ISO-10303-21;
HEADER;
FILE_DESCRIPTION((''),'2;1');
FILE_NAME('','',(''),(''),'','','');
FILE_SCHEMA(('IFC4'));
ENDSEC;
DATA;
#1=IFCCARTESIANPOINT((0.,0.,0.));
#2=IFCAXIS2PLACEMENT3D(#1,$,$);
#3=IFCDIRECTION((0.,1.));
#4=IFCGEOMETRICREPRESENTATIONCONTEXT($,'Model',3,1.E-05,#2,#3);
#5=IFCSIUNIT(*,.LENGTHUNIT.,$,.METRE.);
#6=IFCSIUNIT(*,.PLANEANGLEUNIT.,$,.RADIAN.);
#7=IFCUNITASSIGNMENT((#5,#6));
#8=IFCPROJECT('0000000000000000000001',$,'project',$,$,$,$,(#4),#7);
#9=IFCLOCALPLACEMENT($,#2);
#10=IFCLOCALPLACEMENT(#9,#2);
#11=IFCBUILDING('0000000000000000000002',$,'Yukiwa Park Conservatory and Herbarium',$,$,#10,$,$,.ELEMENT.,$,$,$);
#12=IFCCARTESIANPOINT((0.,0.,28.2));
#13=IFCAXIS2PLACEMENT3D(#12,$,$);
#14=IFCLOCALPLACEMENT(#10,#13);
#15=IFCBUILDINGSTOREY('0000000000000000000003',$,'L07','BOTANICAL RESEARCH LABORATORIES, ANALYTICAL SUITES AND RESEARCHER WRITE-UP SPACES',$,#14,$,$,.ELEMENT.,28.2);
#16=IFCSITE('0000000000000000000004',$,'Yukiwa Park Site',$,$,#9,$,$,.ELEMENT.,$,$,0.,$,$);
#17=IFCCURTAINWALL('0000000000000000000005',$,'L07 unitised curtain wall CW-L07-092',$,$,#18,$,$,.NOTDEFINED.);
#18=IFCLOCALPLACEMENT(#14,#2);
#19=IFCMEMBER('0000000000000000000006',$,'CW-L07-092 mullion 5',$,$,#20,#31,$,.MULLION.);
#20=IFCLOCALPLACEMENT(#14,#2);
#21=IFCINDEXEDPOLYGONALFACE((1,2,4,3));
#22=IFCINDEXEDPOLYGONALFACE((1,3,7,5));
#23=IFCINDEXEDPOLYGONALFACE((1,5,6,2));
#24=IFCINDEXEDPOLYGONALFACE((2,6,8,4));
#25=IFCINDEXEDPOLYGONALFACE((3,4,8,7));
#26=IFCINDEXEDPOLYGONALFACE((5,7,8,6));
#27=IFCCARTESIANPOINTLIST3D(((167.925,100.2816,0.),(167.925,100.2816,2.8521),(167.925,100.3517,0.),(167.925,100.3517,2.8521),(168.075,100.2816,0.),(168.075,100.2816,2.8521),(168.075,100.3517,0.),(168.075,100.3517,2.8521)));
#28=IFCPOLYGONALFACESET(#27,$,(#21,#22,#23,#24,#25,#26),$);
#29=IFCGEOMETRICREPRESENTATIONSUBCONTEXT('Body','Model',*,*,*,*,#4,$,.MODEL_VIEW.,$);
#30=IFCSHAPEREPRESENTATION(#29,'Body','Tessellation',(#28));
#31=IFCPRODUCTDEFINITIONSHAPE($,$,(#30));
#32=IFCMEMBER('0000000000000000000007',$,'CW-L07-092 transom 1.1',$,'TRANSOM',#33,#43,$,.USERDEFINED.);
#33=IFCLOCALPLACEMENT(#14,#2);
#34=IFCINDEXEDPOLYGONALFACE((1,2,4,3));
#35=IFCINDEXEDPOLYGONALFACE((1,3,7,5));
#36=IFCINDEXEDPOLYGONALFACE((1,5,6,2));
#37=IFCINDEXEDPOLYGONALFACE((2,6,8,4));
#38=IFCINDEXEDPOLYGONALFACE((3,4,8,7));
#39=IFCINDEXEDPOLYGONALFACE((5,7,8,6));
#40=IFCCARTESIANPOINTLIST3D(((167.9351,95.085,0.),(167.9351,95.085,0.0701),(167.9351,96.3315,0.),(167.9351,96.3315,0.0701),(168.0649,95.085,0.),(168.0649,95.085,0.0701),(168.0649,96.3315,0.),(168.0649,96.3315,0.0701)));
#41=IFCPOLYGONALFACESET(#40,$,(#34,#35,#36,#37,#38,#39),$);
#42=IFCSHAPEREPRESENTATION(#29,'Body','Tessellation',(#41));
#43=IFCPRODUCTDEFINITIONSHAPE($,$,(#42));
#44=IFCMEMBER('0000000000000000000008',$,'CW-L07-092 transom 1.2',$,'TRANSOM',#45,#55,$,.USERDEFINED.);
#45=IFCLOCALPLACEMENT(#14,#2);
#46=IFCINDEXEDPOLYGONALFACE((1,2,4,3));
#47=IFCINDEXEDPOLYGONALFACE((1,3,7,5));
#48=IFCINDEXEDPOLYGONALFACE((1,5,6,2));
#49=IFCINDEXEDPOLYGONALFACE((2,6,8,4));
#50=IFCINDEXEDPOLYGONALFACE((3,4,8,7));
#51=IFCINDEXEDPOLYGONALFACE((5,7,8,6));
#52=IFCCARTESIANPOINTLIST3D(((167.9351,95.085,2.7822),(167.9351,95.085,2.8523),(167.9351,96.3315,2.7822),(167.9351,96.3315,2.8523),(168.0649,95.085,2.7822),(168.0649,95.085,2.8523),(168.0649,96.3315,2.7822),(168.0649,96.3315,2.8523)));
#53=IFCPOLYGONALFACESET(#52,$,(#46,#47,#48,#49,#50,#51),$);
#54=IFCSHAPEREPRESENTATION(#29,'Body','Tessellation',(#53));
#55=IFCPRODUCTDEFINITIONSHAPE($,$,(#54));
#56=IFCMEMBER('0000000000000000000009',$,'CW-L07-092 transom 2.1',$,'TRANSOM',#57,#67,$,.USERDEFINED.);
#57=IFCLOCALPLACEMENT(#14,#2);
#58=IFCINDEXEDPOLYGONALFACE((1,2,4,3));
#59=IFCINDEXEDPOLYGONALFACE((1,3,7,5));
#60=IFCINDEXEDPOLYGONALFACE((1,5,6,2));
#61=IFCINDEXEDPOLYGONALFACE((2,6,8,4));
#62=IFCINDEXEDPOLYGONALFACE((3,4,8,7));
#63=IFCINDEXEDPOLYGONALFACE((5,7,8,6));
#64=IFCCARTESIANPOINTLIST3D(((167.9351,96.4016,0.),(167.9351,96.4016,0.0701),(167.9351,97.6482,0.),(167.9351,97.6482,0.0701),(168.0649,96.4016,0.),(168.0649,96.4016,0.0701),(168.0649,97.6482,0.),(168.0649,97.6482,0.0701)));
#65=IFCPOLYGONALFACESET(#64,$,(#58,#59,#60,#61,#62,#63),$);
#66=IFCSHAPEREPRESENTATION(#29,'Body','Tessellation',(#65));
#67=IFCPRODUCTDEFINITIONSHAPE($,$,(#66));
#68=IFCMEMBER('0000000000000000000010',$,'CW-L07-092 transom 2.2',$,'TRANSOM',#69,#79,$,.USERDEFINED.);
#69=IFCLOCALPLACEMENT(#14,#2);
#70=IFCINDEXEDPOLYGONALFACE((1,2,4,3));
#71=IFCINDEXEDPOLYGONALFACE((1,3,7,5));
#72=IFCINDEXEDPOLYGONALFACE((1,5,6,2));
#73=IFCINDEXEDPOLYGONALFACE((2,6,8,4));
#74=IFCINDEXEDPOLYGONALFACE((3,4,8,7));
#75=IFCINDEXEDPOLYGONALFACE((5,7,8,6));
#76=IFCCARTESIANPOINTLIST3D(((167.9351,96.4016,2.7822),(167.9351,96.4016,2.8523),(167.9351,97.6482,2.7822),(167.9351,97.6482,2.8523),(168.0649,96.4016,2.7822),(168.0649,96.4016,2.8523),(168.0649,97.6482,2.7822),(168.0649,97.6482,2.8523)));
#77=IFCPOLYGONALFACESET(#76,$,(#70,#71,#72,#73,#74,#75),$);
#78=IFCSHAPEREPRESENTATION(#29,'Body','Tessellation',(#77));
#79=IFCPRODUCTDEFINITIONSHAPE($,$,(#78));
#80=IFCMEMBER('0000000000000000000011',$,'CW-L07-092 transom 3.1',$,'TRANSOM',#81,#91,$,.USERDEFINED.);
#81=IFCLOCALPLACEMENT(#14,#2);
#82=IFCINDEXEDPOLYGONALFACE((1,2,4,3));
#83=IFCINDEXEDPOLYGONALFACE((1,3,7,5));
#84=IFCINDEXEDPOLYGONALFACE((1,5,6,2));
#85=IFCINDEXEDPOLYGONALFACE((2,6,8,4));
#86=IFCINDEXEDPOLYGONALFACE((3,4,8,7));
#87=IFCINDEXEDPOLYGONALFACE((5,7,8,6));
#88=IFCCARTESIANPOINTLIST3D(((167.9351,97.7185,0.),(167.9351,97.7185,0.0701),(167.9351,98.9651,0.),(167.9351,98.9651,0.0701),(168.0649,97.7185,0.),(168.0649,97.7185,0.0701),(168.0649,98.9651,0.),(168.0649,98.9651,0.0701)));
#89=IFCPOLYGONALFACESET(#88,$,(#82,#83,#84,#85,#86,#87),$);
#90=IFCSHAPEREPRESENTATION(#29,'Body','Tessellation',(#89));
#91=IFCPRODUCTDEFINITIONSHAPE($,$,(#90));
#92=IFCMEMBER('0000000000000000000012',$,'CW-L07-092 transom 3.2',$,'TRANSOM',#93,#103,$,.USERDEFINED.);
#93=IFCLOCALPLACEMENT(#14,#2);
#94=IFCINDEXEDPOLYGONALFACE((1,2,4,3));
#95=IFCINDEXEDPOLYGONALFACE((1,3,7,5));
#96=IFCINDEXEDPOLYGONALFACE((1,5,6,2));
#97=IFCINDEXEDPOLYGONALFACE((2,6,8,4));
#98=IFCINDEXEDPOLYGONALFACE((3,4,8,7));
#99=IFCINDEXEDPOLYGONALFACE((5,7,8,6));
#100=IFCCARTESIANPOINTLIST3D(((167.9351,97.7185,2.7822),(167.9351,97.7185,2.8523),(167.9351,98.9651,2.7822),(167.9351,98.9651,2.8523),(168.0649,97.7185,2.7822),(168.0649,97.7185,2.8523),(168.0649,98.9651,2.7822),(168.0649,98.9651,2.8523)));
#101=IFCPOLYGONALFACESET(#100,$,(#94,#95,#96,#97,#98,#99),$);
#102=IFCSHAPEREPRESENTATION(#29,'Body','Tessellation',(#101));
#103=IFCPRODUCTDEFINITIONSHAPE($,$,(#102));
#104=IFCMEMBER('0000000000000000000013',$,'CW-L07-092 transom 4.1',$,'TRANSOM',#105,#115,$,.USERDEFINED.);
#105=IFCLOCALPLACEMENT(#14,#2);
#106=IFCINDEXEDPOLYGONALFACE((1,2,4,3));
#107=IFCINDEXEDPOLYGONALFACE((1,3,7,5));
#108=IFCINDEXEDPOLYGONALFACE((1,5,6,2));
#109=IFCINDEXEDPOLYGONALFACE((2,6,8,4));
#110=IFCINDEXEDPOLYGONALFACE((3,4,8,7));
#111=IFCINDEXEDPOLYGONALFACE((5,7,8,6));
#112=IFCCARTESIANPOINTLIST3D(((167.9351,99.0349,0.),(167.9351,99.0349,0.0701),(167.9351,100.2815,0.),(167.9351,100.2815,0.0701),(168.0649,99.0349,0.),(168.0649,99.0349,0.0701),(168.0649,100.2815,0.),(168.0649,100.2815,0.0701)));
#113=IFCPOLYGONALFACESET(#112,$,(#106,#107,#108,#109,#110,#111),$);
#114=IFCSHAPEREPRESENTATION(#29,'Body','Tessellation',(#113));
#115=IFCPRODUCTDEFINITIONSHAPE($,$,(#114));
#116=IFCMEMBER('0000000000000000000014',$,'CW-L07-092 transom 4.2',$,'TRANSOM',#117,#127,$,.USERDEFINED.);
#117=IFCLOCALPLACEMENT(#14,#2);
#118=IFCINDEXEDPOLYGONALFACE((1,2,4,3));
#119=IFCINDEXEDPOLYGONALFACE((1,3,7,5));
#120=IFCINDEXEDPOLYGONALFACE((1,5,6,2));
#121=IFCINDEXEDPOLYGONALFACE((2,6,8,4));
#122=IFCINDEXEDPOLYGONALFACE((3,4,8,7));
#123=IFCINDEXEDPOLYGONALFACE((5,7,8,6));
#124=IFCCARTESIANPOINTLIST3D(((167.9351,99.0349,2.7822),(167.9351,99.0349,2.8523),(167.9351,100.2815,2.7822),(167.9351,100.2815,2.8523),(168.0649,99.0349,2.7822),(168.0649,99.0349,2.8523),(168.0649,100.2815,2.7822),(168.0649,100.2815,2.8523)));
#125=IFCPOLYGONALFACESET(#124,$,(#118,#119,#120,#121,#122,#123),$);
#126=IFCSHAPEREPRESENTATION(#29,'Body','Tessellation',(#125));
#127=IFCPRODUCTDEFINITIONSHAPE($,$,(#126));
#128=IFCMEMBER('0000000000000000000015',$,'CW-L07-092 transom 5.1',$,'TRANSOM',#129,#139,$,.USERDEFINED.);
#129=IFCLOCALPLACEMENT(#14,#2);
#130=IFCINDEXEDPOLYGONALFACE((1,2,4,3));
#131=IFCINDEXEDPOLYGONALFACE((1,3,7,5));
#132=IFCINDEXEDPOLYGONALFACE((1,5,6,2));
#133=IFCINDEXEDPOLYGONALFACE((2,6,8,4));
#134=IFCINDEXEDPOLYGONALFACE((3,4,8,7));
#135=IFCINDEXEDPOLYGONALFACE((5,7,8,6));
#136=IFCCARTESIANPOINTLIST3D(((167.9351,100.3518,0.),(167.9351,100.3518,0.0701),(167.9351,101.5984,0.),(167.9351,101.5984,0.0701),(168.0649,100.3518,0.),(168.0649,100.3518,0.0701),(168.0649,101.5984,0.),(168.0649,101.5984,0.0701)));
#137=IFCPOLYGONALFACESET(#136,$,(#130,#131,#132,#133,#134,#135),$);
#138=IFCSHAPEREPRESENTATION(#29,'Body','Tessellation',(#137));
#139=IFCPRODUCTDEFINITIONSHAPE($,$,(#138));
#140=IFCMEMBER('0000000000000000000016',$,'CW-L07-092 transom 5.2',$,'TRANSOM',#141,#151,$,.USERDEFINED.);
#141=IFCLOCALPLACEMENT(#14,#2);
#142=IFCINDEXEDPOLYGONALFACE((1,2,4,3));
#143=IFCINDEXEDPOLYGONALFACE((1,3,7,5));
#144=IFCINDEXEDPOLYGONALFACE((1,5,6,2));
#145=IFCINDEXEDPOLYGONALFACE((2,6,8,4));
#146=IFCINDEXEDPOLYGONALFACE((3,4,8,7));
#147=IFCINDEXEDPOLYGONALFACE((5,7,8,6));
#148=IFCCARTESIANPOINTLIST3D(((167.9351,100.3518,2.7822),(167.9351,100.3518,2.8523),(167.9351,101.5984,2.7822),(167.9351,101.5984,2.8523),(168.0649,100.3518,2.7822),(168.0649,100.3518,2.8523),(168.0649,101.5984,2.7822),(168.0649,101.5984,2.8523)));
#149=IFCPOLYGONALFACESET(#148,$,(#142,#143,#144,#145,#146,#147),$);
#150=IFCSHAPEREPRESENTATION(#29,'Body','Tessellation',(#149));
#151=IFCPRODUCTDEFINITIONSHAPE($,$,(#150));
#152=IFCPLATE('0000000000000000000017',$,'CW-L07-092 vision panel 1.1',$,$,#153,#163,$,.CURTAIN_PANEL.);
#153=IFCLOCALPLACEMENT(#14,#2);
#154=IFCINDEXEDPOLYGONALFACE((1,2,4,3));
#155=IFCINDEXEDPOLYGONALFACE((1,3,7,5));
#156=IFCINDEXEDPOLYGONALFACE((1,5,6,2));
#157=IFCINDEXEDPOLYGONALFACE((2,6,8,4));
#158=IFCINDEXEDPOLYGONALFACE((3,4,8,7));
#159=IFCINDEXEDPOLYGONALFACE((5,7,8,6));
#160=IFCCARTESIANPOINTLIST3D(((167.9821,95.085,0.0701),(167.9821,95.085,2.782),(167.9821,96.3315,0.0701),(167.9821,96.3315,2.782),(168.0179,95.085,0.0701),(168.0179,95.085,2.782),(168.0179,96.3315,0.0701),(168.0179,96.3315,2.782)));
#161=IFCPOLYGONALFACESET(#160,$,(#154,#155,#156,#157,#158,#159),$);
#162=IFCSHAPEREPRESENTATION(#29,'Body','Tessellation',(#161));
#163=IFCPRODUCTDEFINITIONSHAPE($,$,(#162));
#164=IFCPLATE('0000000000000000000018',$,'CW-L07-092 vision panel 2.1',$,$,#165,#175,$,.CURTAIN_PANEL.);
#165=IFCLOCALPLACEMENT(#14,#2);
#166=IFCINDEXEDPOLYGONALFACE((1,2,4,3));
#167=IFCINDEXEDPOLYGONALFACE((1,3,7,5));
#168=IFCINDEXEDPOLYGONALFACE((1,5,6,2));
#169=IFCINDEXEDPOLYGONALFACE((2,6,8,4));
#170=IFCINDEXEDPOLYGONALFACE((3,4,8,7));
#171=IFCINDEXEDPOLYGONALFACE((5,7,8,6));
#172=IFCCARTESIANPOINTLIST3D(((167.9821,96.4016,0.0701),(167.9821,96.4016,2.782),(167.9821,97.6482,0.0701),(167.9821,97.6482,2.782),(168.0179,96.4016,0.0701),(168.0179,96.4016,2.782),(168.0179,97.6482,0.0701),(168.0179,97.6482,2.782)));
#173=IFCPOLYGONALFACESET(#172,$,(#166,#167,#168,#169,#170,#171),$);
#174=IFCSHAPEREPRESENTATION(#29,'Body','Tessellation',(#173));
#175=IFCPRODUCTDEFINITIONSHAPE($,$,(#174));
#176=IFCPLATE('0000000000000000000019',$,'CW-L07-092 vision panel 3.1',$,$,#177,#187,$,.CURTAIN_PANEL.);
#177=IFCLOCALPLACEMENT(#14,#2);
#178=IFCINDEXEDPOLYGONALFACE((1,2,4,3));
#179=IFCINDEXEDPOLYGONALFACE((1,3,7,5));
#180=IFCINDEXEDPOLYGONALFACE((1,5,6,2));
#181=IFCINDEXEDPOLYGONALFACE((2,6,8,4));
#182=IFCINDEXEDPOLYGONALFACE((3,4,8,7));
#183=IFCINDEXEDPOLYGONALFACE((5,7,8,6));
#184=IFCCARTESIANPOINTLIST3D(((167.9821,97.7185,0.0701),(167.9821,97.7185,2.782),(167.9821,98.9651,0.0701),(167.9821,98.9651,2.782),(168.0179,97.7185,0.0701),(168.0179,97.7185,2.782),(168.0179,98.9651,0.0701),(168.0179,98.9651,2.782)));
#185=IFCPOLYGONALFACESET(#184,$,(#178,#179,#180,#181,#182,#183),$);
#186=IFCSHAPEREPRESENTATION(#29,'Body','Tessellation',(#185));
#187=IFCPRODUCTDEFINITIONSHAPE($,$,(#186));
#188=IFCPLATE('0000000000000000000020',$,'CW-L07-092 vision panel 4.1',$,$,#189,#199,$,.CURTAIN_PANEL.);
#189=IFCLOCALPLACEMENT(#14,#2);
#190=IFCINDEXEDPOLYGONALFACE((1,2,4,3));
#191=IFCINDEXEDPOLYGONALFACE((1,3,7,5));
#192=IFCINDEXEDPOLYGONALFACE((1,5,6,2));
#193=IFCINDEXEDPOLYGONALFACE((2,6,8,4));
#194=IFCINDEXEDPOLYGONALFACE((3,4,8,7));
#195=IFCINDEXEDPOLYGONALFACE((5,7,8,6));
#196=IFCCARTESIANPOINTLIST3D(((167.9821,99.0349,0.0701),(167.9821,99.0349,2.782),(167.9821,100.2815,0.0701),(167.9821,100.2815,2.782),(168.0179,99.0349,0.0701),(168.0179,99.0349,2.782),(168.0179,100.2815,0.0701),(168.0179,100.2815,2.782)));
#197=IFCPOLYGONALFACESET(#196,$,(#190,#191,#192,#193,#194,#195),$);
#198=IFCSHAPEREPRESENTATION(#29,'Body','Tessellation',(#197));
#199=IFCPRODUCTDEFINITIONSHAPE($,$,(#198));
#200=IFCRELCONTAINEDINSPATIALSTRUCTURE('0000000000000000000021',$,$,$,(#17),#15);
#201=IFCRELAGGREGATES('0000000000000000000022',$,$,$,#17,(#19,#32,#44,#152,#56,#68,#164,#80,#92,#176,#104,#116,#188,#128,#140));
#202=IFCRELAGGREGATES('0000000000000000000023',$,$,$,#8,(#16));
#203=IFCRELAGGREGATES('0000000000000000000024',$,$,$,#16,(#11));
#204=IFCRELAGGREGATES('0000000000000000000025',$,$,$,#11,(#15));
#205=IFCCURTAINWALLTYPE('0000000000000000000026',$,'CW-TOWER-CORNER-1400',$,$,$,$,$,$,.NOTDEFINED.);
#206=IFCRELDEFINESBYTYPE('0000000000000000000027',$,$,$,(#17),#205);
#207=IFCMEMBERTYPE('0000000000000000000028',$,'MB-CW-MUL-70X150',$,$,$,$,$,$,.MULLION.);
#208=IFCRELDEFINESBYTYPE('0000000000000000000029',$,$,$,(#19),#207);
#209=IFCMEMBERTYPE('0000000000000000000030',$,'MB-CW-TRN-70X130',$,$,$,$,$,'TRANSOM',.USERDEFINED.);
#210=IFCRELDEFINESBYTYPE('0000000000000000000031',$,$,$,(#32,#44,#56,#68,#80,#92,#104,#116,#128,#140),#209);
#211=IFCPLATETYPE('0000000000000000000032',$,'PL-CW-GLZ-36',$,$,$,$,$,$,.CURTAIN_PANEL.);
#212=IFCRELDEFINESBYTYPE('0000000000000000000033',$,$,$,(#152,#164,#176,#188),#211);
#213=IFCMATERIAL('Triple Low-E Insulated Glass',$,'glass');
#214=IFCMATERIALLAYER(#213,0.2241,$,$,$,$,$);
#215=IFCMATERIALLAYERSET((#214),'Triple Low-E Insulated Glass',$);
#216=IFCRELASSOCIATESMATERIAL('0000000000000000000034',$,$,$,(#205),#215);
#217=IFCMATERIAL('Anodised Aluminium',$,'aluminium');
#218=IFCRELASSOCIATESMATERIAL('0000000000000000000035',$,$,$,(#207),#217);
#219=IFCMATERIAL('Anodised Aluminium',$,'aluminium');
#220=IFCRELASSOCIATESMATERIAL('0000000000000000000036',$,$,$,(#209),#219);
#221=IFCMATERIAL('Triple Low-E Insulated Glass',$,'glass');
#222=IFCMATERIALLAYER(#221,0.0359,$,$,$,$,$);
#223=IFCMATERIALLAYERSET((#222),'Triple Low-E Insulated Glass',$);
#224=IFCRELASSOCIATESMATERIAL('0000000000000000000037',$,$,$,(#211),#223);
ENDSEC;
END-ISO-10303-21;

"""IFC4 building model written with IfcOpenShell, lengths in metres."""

from ifc_helpers import new_model, si_unit, direction, frame, origin, origin_2d, place, context, subcontext, project, spatial, rectangle, extrude, material, layer, layer_set, type_object, element, aggregate, save


model = new_model("IFC4")

# Units and contexts
model_context = context("Model", 3, precision=1e-05, world=origin(), true_north=direction((0.0, 1.0)))
body_context = subcontext(model_context, "Body", "Model", "MODEL_VIEW")
ifc_project = project(units=[si_unit("LENGTHUNIT", "METRE"), si_unit("PLANEANGLEUNIT", "RADIAN")], contexts=[model_context])

# Site, building, storey
site_placement = place(None, origin())
site = spatial("IfcSite", under=ifc_project, at=site_placement, Name="Yukiwa Park Site", CompositionType="ELEMENT", RefElevation=0.0)
building_placement = place(site_placement, origin())
building = spatial("IfcBuilding", under=site, at=building_placement, Name="Yukiwa Park Conservatory and Herbarium", CompositionType="ELEMENT")
storey_placement = place(building_placement, frame((0.0, 0.0, 28.2)))
storey = spatial("IfcBuildingStorey", under=building, at=storey_placement, Name="L07", Description="BOTANICAL RESEARCH LABORATORIES, ANALYTICAL SUITES AND RESEARCHER WRITE-UP SPACES", CompositionType="ELEMENT", Elevation=28.2)

# Curtain wall, members, plates
ifc_material_1 = material(Name="Triple Low-E Insulated Glass", Category="glass")
ifc_layer_1 = layer(ifc_material_1, 0.2241)
ifc_layer_set_1 = layer_set([ifc_layer_1], Name="Triple Low-E Insulated Glass")
curtain_wall_type = type_object("IfcCurtainWallType", Name="CW-TOWER-CORNER-1400", PredefinedType="NOTDEFINED", material=ifc_layer_set_1)
curtain_wall_placement = place(storey_placement, origin())
curtain_wall = element("IfcCurtainWall", 1, at=curtain_wall_placement, inside=storey, type_object=curtain_wall_type, Name="L07 unitised curtain wall CW-L07-092", PredefinedType="NOTDEFINED")
ifc_material_2 = material(Name="Anodised Aluminium", Category="aluminium")
member_type_1 = type_object("IfcMemberType", Name="MB-CW-MUL-70X150", PredefinedType="MULLION", material=ifc_material_2)
member_1_placement = place(storey_placement, frame((168.0, 100.3167, 0.0), z_axis=(0.0, 0.0, 1.0), x_axis=(0.0, 1.0, 0.0)))
member_1 = element("IfcMember", 2, at=member_1_placement, type_object=member_type_1, Name="CW-L07-092 mullion 5", PredefinedType="MULLION", context=body_context, shape_type="SweptSolid", body=[
    extrude(rectangle(XDim=0.0701, YDim=0.1499, at=origin_2d()), origin(), (0.0, 0.0, 1.0), 2.8521),
])
ifc_material_3 = material(Name="Anodised Aluminium", Category="aluminium")
member_type_2 = type_object("IfcMemberType", Name="MB-CW-TRN-70X130", ElementType="TRANSOM", PredefinedType="USERDEFINED", material=ifc_material_3)
member_2_placement = place(storey_placement, frame((168.0, 95.7083, 0.0), z_axis=(0.0, 0.0, 1.0), x_axis=(0.0, 1.0, 0.0)))
member_2 = element("IfcMember", 3, at=member_2_placement, type_object=member_type_2, Name="CW-L07-092 transom 1.1", ObjectType="TRANSOM", PredefinedType="USERDEFINED", context=body_context, shape_type="SweptSolid", body=[
    extrude(rectangle(XDim=1.2466, YDim=0.1299, at=origin_2d()), origin(), (0.0, 0.0, 1.0), 0.0701),
])
member_3_placement = place(storey_placement, frame((168.0, 95.7083, 2.7822), z_axis=(0.0, 0.0, 1.0), x_axis=(0.0, 1.0, 0.0)))
member_3 = element("IfcMember", 4, at=member_3_placement, type_object=member_type_2, Name="CW-L07-092 transom 1.2", ObjectType="TRANSOM", PredefinedType="USERDEFINED", context=body_context, shape_type="SweptSolid", body=[
    extrude(rectangle(XDim=1.2466, YDim=0.1299, at=origin_2d()), origin(), (0.0, 0.0, 1.0), 0.0701),
])
member_4_placement = place(storey_placement, frame((168.0, 97.0249, 0.0), z_axis=(0.0, 0.0, 1.0), x_axis=(0.0, 1.0, 0.0)))
member_4 = element("IfcMember", 5, at=member_4_placement, type_object=member_type_2, Name="CW-L07-092 transom 2.1", ObjectType="TRANSOM", PredefinedType="USERDEFINED", context=body_context, shape_type="SweptSolid", body=[
    extrude(rectangle(XDim=1.2466, YDim=0.1299, at=origin_2d()), origin(), (0.0, 0.0, 1.0), 0.0701),
])
member_5_placement = place(storey_placement, frame((168.0, 97.0249, 2.7822), z_axis=(0.0, 0.0, 1.0), x_axis=(0.0, 1.0, 0.0)))
member_5 = element("IfcMember", 6, at=member_5_placement, type_object=member_type_2, Name="CW-L07-092 transom 2.2", ObjectType="TRANSOM", PredefinedType="USERDEFINED", context=body_context, shape_type="SweptSolid", body=[
    extrude(rectangle(XDim=1.2466, YDim=0.1299, at=origin_2d()), origin(), (0.0, 0.0, 1.0), 0.0701),
])
member_6_placement = place(storey_placement, frame((168.0, 98.3418, 0.0), z_axis=(0.0, 0.0, 1.0), x_axis=(0.0, 1.0, 0.0)))
member_6 = element("IfcMember", 7, at=member_6_placement, type_object=member_type_2, Name="CW-L07-092 transom 3.1", ObjectType="TRANSOM", PredefinedType="USERDEFINED", context=body_context, shape_type="SweptSolid", body=[
    extrude(rectangle(XDim=1.2466, YDim=0.1299, at=origin_2d()), origin(), (0.0, 0.0, 1.0), 0.0701),
])
member_7_placement = place(storey_placement, frame((168.0, 98.3418, 2.7822), z_axis=(0.0, 0.0, 1.0), x_axis=(0.0, 1.0, 0.0)))
member_7 = element("IfcMember", 8, at=member_7_placement, type_object=member_type_2, Name="CW-L07-092 transom 3.2", ObjectType="TRANSOM", PredefinedType="USERDEFINED", context=body_context, shape_type="SweptSolid", body=[
    extrude(rectangle(XDim=1.2466, YDim=0.1299, at=origin_2d()), origin(), (0.0, 0.0, 1.0), 0.0701),
])
member_8_placement = place(storey_placement, frame((168.0, 99.6582, 0.0), z_axis=(0.0, 0.0, 1.0), x_axis=(0.0, 1.0, 0.0)))
member_8 = element("IfcMember", 9, at=member_8_placement, type_object=member_type_2, Name="CW-L07-092 transom 4.1", ObjectType="TRANSOM", PredefinedType="USERDEFINED", context=body_context, shape_type="SweptSolid", body=[
    extrude(rectangle(XDim=1.2466, YDim=0.1299, at=origin_2d()), origin(), (0.0, 0.0, 1.0), 0.0701),
])
member_9_placement = place(storey_placement, frame((168.0, 99.6582, 2.7822), z_axis=(0.0, 0.0, 1.0), x_axis=(0.0, 1.0, 0.0)))
member_9 = element("IfcMember", 10, at=member_9_placement, type_object=member_type_2, Name="CW-L07-092 transom 4.2", ObjectType="TRANSOM", PredefinedType="USERDEFINED", context=body_context, shape_type="SweptSolid", body=[
    extrude(rectangle(XDim=1.2466, YDim=0.1299, at=origin_2d()), origin(), (0.0, 0.0, 1.0), 0.0701),
])
member_10_placement = place(storey_placement, frame((168.0, 100.9751, 0.0), z_axis=(0.0, 0.0, 1.0), x_axis=(0.0, 1.0, 0.0)))
member_10 = element("IfcMember", 11, at=member_10_placement, type_object=member_type_2, Name="CW-L07-092 transom 5.1", ObjectType="TRANSOM", PredefinedType="USERDEFINED", context=body_context, shape_type="SweptSolid", body=[
    extrude(rectangle(XDim=1.2466, YDim=0.1299, at=origin_2d()), origin(), (0.0, 0.0, 1.0), 0.0701),
])
member_11_placement = place(storey_placement, frame((168.0, 100.9751, 2.7822), z_axis=(0.0, 0.0, 1.0), x_axis=(0.0, 1.0, 0.0)))
member_11 = element("IfcMember", 12, at=member_11_placement, type_object=member_type_2, Name="CW-L07-092 transom 5.2", ObjectType="TRANSOM", PredefinedType="USERDEFINED", context=body_context, shape_type="SweptSolid", body=[
    extrude(rectangle(XDim=1.2466, YDim=0.1299, at=origin_2d()), origin(), (0.0, 0.0, 1.0), 0.0701),
])
ifc_material_4 = material(Name="Triple Low-E Insulated Glass", Category="glass")
ifc_layer_2 = layer(ifc_material_4, 0.0359)
ifc_layer_set_2 = layer_set([ifc_layer_2], Name="Triple Low-E Insulated Glass")
plate_type_1 = type_object("IfcPlateType", Name="PL-CW-GLZ-36", PredefinedType="CURTAIN_PANEL", material=ifc_layer_set_2)
plate_1_placement = place(storey_placement, frame((168.0, 95.7083, 0.0701), z_axis=(0.0, 0.0, 1.0), x_axis=(0.0, 1.0, 0.0)))
plate_1 = element("IfcPlate", 13, at=plate_1_placement, type_object=plate_type_1, Name="CW-L07-092 vision panel 1.1", PredefinedType="CURTAIN_PANEL", context=body_context, shape_type="SweptSolid", body=[
    extrude(rectangle(XDim=1.2466, YDim=0.0359, at=origin_2d()), origin(), (0.0, 0.0, 1.0), 2.7119),
])
plate_2_placement = place(storey_placement, frame((168.0, 97.0249, 0.0701), z_axis=(0.0, 0.0, 1.0), x_axis=(0.0, 1.0, 0.0)))
plate_2 = element("IfcPlate", 14, at=plate_2_placement, type_object=plate_type_1, Name="CW-L07-092 vision panel 2.1", PredefinedType="CURTAIN_PANEL", context=body_context, shape_type="SweptSolid", body=[
    extrude(rectangle(XDim=1.2466, YDim=0.0359, at=origin_2d()), origin(), (0.0, 0.0, 1.0), 2.7119),
])
plate_3_placement = place(storey_placement, frame((168.0, 98.3418, 0.0701), z_axis=(0.0, 0.0, 1.0), x_axis=(0.0, 1.0, 0.0)))
plate_3 = element("IfcPlate", 15, at=plate_3_placement, type_object=plate_type_1, Name="CW-L07-092 vision panel 3.1", PredefinedType="CURTAIN_PANEL", context=body_context, shape_type="SweptSolid", body=[
    extrude(rectangle(XDim=1.2466, YDim=0.0359, at=origin_2d()), origin(), (0.0, 0.0, 1.0), 2.7119),
])
plate_4_placement = place(storey_placement, frame((168.0, 99.6582, 0.0701), z_axis=(0.0, 0.0, 1.0), x_axis=(0.0, 1.0, 0.0)))
plate_4 = element("IfcPlate", 16, at=plate_4_placement, type_object=plate_type_1, Name="CW-L07-092 vision panel 4.1", PredefinedType="CURTAIN_PANEL", context=body_context, shape_type="SweptSolid", body=[
    extrude(rectangle(XDim=1.2466, YDim=0.0359, at=origin_2d()), origin(), (0.0, 0.0, 1.0), 2.7119),
])
aggregate(curtain_wall, [member_1, member_2, member_3, plate_1, member_4, member_5, plate_2, member_6, member_7, plate_3, member_8, member_9, plate_4, member_10, member_11])

save(model, "model.ifc")
